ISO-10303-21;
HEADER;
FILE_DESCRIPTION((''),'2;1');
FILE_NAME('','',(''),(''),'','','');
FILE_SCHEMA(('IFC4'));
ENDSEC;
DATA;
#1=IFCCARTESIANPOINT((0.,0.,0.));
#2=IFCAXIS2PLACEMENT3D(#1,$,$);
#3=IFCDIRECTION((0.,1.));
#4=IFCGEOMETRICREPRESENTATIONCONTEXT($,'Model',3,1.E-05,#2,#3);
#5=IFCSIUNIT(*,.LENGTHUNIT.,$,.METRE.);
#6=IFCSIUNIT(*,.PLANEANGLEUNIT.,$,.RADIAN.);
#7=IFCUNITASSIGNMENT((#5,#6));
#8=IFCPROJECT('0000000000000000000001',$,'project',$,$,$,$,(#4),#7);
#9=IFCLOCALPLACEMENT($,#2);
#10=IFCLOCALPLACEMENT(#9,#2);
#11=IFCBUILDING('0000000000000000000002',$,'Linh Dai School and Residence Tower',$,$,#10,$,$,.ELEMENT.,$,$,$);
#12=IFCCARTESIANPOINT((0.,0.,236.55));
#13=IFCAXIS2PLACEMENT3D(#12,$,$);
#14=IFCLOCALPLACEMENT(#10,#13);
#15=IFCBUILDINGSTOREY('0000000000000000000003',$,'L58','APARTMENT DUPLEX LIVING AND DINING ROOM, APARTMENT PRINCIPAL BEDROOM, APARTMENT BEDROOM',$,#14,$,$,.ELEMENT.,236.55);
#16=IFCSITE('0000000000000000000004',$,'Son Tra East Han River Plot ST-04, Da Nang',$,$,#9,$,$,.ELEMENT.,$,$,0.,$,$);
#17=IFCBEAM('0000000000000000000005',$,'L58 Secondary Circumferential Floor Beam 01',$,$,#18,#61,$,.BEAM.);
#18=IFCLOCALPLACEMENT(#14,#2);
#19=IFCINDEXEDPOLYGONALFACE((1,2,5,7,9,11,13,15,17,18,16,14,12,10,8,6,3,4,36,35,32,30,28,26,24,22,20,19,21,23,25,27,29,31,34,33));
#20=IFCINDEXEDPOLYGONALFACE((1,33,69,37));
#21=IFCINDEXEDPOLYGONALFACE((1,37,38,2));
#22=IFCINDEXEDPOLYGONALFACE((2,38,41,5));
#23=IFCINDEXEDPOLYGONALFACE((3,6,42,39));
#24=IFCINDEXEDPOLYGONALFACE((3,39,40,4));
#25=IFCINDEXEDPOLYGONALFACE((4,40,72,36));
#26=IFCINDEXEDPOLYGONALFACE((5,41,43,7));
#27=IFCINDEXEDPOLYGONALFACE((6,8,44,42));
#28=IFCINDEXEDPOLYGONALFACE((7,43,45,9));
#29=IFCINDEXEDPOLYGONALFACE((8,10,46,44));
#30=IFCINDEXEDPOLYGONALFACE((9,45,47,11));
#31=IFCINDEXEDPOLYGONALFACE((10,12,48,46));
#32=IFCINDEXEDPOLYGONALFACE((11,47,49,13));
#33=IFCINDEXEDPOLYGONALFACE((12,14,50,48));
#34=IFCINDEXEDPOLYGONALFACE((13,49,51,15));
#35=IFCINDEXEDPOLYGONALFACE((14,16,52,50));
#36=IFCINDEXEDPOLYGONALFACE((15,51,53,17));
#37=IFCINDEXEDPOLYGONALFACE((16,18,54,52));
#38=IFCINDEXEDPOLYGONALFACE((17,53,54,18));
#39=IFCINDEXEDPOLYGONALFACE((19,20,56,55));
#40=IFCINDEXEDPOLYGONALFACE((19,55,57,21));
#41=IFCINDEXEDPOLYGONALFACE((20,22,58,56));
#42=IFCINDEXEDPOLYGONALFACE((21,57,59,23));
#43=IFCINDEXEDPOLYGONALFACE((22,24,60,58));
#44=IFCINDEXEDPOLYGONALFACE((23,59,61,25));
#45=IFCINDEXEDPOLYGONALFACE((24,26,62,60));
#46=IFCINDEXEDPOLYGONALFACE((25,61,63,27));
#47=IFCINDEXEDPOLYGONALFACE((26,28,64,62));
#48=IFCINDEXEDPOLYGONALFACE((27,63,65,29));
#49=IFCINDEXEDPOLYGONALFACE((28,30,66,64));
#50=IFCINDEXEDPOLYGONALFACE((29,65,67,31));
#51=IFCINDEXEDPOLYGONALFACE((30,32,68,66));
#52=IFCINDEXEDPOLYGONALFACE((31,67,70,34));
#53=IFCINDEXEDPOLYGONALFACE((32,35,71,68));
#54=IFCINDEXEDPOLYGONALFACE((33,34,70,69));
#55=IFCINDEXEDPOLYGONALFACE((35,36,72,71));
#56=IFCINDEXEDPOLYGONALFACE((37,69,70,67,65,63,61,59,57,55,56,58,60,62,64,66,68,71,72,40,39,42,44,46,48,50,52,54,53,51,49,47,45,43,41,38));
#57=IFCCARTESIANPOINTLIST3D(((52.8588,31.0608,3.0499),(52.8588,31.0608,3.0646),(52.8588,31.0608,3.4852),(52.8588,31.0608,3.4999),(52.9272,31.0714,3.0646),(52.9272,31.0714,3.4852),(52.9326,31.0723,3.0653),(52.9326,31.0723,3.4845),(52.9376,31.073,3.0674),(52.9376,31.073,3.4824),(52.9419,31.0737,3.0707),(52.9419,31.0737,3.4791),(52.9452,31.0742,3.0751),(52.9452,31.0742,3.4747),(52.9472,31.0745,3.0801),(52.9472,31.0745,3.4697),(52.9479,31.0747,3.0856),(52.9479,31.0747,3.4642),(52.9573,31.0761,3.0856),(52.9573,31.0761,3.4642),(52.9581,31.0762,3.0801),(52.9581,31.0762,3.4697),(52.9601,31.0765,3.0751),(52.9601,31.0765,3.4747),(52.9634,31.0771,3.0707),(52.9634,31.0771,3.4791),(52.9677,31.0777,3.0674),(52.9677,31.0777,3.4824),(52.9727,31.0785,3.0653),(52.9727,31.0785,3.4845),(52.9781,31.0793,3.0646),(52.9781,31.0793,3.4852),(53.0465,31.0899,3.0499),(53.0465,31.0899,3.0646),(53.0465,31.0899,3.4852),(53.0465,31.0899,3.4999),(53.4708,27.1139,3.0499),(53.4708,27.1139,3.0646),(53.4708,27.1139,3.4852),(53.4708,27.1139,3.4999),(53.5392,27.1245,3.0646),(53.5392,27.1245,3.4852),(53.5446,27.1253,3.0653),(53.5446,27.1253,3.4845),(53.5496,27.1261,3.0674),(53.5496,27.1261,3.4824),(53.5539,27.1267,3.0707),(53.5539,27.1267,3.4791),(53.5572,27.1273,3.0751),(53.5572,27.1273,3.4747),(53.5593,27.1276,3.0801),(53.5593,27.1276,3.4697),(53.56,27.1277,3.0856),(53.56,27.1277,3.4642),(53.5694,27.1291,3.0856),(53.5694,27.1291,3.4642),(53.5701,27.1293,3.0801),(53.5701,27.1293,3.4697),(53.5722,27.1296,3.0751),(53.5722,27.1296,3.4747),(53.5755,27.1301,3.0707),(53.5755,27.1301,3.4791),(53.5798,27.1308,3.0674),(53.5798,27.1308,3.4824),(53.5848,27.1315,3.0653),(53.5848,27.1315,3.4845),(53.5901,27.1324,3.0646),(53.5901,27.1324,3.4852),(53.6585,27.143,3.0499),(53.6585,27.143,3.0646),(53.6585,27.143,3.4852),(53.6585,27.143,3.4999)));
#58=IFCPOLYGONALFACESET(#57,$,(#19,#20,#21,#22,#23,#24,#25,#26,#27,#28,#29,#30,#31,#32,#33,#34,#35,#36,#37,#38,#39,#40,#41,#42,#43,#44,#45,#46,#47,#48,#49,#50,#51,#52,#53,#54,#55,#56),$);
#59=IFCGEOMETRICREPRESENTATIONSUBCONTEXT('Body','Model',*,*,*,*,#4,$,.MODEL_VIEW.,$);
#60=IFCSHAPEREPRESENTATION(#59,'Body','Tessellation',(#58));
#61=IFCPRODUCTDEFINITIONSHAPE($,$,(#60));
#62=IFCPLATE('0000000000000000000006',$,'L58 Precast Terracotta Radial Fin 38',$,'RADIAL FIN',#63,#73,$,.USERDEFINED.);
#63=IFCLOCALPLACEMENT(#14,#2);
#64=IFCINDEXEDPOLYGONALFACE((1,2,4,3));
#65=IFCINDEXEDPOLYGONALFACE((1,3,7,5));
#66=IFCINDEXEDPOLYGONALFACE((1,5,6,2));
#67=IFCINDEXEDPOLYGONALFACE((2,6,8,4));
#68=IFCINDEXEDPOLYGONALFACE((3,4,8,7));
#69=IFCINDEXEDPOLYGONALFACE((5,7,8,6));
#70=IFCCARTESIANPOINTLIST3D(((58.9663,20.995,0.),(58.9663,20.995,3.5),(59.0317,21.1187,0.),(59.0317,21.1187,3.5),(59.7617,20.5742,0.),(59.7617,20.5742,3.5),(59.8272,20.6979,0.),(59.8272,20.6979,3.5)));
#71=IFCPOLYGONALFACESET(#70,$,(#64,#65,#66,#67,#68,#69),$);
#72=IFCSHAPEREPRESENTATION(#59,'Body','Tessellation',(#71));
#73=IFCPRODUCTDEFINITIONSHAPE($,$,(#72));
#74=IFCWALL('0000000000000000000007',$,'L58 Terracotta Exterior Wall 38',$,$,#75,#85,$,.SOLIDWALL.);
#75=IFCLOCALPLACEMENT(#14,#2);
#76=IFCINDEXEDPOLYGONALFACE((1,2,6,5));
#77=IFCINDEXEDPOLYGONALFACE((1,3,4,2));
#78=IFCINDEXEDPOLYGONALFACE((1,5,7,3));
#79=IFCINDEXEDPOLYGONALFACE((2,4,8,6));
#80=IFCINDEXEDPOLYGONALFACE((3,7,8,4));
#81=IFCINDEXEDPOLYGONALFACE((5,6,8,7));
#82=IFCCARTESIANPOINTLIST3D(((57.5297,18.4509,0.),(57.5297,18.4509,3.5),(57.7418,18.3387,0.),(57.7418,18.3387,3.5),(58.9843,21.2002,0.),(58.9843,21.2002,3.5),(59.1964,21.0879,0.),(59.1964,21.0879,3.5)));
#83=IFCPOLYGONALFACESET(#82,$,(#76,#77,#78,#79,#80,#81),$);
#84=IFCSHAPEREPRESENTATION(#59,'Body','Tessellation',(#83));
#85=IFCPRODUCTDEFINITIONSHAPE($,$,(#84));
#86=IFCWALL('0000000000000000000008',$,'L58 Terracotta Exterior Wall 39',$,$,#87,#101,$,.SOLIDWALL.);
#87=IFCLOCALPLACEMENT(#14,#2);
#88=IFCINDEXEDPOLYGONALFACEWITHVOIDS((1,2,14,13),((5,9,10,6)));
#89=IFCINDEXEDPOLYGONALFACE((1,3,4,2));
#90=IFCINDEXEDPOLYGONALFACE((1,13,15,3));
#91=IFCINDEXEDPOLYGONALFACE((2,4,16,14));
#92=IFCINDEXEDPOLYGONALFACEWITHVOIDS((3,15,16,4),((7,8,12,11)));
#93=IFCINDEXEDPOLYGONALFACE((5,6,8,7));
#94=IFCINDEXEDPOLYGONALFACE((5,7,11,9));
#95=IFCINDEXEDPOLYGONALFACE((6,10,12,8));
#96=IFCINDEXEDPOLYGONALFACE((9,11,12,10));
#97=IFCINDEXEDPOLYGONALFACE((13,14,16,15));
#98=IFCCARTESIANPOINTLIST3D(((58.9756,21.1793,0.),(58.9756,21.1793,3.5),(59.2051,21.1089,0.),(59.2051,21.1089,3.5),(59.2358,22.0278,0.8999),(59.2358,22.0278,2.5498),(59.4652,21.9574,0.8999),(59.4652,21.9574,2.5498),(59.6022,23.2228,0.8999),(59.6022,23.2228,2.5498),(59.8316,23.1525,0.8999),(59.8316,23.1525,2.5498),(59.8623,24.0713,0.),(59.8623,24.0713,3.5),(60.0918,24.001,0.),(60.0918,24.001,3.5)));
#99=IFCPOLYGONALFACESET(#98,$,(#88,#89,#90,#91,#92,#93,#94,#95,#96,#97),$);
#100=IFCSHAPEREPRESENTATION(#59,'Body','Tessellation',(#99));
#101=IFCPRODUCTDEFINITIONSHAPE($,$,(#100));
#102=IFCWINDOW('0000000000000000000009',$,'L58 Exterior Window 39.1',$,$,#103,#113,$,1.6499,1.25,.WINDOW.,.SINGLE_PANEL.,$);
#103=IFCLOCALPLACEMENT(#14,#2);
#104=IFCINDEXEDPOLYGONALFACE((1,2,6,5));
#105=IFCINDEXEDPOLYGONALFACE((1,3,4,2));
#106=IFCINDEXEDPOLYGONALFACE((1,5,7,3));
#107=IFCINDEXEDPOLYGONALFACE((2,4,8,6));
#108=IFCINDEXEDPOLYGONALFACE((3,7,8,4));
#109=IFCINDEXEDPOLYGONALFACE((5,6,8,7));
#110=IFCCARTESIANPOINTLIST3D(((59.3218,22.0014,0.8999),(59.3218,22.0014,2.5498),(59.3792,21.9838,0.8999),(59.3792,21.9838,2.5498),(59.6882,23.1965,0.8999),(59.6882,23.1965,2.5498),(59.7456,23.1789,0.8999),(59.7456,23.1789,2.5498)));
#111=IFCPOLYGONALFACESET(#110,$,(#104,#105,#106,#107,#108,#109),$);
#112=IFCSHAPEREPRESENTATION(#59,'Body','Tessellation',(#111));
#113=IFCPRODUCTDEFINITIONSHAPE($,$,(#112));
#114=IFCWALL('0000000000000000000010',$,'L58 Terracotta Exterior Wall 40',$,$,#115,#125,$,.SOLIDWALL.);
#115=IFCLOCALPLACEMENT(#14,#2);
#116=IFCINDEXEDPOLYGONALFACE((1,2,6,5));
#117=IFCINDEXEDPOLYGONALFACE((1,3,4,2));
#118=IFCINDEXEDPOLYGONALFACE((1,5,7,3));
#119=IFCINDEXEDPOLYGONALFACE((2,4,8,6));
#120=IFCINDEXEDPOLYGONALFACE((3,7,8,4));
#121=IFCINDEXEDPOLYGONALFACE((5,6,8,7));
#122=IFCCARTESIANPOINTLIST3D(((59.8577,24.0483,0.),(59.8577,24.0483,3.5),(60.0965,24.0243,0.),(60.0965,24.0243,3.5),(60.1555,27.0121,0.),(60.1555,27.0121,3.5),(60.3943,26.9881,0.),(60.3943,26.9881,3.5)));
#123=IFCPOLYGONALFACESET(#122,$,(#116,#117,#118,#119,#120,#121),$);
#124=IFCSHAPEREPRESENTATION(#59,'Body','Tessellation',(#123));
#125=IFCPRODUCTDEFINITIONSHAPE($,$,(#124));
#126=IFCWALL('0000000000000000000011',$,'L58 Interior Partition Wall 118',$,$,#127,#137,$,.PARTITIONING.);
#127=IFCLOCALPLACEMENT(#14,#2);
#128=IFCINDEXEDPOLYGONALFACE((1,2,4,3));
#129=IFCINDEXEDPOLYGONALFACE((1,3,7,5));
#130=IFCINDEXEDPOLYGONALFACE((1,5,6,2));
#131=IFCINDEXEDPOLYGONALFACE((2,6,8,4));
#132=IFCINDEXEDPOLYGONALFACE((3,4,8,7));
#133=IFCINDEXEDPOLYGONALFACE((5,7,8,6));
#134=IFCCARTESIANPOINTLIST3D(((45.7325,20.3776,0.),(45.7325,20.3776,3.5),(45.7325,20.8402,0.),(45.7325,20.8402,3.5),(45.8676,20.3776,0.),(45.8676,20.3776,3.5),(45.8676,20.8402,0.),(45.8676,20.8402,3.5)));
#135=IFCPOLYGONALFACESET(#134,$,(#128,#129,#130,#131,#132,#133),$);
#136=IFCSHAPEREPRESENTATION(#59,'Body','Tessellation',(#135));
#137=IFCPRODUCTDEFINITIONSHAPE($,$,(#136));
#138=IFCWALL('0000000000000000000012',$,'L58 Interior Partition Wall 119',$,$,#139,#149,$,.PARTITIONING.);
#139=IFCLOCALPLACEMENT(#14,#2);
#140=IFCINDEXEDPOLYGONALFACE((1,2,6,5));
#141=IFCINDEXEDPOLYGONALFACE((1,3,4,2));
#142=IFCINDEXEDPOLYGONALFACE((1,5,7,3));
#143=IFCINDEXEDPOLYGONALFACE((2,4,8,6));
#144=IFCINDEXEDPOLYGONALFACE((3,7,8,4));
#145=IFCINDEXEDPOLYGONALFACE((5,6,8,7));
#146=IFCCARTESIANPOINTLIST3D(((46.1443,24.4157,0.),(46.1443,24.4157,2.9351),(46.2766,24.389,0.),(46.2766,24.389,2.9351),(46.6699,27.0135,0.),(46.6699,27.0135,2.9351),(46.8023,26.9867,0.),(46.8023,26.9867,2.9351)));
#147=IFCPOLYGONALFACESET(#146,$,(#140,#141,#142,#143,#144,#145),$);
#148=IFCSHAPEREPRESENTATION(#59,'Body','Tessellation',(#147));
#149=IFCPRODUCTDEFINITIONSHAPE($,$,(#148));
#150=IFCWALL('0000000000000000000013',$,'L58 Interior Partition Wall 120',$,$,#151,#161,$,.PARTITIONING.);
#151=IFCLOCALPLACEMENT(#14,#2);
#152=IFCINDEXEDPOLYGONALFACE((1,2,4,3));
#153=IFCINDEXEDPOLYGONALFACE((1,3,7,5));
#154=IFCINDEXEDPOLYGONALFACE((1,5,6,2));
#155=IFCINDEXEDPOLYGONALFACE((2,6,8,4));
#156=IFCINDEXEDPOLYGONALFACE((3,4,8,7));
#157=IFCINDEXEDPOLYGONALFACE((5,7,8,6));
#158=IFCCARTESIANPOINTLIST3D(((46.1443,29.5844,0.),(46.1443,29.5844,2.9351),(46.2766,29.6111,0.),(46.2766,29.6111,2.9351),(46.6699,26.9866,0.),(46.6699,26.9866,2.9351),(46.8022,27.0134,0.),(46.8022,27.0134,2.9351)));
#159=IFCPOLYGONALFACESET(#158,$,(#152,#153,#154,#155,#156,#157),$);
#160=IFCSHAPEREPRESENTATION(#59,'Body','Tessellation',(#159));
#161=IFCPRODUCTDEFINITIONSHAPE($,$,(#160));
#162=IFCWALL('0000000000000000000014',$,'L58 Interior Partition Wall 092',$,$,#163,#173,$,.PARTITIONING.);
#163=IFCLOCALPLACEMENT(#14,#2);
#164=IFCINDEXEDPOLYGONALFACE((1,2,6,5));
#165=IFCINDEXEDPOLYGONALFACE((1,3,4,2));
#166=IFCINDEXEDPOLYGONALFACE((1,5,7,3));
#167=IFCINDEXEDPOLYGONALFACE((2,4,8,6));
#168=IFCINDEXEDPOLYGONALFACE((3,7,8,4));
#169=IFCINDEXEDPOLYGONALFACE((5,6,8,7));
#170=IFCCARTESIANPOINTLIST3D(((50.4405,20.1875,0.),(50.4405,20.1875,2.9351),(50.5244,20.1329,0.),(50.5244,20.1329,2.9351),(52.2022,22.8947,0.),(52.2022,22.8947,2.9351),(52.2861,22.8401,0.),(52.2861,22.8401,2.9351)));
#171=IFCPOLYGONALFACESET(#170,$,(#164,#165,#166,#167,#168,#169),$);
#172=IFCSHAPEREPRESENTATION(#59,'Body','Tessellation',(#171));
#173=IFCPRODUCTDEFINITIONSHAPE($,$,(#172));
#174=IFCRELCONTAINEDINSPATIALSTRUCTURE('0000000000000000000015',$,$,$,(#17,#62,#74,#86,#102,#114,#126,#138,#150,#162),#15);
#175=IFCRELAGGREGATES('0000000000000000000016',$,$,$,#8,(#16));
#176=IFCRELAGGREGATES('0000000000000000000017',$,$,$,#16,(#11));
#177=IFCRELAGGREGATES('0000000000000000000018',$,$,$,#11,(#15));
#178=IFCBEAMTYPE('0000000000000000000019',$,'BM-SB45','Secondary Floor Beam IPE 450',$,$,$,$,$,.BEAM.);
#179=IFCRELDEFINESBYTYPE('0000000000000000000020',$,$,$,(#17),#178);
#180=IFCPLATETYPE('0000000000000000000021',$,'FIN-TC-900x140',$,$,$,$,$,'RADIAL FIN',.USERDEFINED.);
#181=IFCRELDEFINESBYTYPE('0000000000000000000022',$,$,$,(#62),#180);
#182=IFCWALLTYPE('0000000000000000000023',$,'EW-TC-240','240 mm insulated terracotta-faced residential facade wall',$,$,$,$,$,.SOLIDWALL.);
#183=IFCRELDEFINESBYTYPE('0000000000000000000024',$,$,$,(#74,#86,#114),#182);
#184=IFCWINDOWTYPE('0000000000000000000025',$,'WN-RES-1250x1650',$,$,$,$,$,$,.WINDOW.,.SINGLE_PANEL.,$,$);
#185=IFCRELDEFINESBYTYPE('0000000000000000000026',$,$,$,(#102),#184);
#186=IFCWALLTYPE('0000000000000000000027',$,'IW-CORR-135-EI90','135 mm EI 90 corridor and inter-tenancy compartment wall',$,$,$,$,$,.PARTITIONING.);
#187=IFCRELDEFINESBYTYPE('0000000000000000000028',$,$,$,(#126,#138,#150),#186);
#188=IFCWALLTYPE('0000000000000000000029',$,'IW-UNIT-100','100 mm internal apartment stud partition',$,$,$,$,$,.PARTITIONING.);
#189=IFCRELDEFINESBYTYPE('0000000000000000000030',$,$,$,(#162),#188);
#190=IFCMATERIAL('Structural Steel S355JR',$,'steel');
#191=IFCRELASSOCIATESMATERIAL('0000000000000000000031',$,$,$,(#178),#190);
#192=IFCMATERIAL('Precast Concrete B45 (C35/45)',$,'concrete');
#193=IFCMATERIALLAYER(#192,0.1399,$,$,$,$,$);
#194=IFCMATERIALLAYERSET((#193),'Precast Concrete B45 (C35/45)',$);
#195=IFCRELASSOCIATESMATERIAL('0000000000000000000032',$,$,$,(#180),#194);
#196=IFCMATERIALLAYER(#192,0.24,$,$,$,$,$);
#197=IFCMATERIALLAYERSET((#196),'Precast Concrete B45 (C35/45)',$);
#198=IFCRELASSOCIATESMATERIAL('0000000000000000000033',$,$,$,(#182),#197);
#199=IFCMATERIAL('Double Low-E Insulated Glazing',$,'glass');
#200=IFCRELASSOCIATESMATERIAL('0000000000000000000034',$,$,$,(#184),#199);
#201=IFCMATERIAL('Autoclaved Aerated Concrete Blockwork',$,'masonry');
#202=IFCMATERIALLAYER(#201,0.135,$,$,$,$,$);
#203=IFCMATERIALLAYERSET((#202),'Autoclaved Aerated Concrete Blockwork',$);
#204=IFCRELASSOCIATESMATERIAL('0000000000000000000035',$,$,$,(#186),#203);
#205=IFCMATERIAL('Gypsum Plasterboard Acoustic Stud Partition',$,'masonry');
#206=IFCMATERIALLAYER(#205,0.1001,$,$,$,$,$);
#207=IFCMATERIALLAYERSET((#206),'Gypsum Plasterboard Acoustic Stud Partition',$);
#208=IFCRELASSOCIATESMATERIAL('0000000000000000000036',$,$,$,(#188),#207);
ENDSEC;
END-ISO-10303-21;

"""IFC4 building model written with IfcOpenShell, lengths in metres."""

from ifc_helpers import new_model, si_unit, direction, frame, frame_2d, origin, origin_2d, place, context, subcontext, project, spatial, rectangle, i_section, extrude, source, transform, mapped, material, layer, layer_set, material_profile, profile_set, type_object, element, fill, save


model = new_model("IFC4")

# Units and contexts
model_context = context("Model", 3, precision=1e-05, world=origin(), true_north=direction((0.0, 1.0)))
body_context = subcontext(model_context, "Body", "Model", "MODEL_VIEW")
ifc_project = project(units=[si_unit("LENGTHUNIT", "METRE"), si_unit("PLANEANGLEUNIT", "RADIAN")], contexts=[model_context])

# Site, building, storey
site_placement = place(None, origin())
site = spatial("IfcSite", under=ifc_project, at=site_placement, Name="Son Tra East Han River Plot ST-04, Da Nang", CompositionType="ELEMENT", RefElevation=0.0)
building_placement = place(site_placement, origin())
building = spatial("IfcBuilding", under=site, at=building_placement, Name="Linh Dai School and Residence Tower", CompositionType="ELEMENT")
storey_placement = place(building_placement, frame((0.0, 0.0, 236.55)))
storey = spatial("IfcBuildingStorey", under=building, at=storey_placement, Name="L58", Description="APARTMENT DUPLEX LIVING AND DINING ROOM, APARTMENT PRINCIPAL BEDROOM, APARTMENT BEDROOM", CompositionType="ELEMENT", Elevation=236.55)

# Shared definitions
ifc_material_1 = material(Name="Structural Steel S355JR", Category="steel")

# Beam
ifc_material_profile_1 = material_profile(ifc_material_1, i_section(OverallWidth=0.1899, OverallDepth=0.45, WebThickness=0.0095, FlangeThickness=0.0146, FilletRadius=0.021, at=origin_2d()), Name="IPE 450")
ifc_profile_set_1 = profile_set([ifc_material_profile_1], Name="Structural Steel S355JR")
beam_type_1 = type_object("IfcBeamType", Name="BM-SB45", Description="Secondary Floor Beam IPE 450", PredefinedType="BEAM", material=ifc_profile_set_1)
beam_1_placement = place(storey_placement, frame((53.5647, 27.1284, 3.2749), z_axis=(-0.153238, 0.988189, 0.0), x_axis=(-0.988189, -0.153238, 0.0)))
element("IfcBeam", 1, at=beam_1_placement, inside=storey, type_object=beam_type_1, Name="L58 Secondary Circumferential Floor Beam 01", PredefinedType="BEAM", context=body_context, shape_type="SweptSolid", body=[
    extrude(i_section(OverallWidth=0.1899, OverallDepth=0.45, WebThickness=0.0095, FlangeThickness=0.0146, FilletRadius=0.021, at=origin_2d()), origin(), (0.0, 0.0, 1.0), 3.9941),
])

# Plate
ifc_material_2 = material(Name="Precast Concrete B45 (C35/45)", Category="concrete")
ifc_layer_1 = layer(ifc_material_2, 0.1399)
ifc_layer_set_1 = layer_set([ifc_layer_1], Name="Precast Concrete B45 (C35/45)")
plate_type = type_object("IfcPlateType", Name="FIN-TC-900x140", ElementType="RADIAL FIN", PredefinedType="USERDEFINED", material=ifc_layer_set_1)
shared_shape_1 = source(origin(), body_context, "Body", "SweptSolid", [
    extrude(rectangle(XDim=0.8999, YDim=0.1399, at=origin_2d()), origin(), (0.0, 0.0, 1.0), 3.5),
])
plate_placement = place(storey_placement, frame((59.3967, 20.8464, 0.0), z_axis=(0.0, 0.0, 1.0), x_axis=(0.883929, -0.467621, 0.0)))
element("IfcPlate", 2, at=plate_placement, inside=storey, type_object=plate_type, Name="L58 Precast Terracotta Radial Fin 38", ObjectType="RADIAL FIN", PredefinedType="USERDEFINED", context=body_context, shape_type="MappedRepresentation", body=[
    mapped(shared_shape_1, transform((0.0, 0.0, 0.0), x_axis=(1.0, 0.0, 0.0), y_axis=(0.0, 1.0, 0.0), z_axis=(0.0, 0.0, 1.0), scale=1.0)),
])

# Wall
ifc_layer_2 = layer(ifc_material_2, 0.24)
ifc_layer_set_2 = layer_set([ifc_layer_2], Name="Precast Concrete B45 (C35/45)")
wall_type_1 = type_object("IfcWallType", Name="EW-TC-240", Description="240 mm insulated terracotta-faced residential facade wall", PredefinedType="SOLIDWALL", material=ifc_layer_set_2)
wall_1_placement = place(storey_placement, frame((59.0903, 21.144, 0.0), z_axis=(0.0, 0.0, 1.0), x_axis=(-0.46766, -0.883908, 0.0)))
element("IfcWall", 3, at=wall_1_placement, inside=storey, type_object=wall_type_1, Name="L58 Terracotta Exterior Wall 38", PredefinedType="SOLIDWALL", context=body_context, shape_type="SweptSolid", body=[
    extrude(rectangle(XDim=3.1104, YDim=0.24, at=frame_2d((1.5552, 0.0))), origin(), (0.0, 0.0, 1.0), 3.5),
])

# Wall, opening, window
wall_2_placement = place(storey_placement, frame((59.9771, 24.0361, 0.0), z_axis=(0.0, 0.0, 1.0), x_axis=(-0.293133, -0.956072, 0.0)))
wall_2 = element("IfcWall", 4, at=wall_2_placement, inside=storey, type_object=wall_type_1, Name="L58 Terracotta Exterior Wall 39", PredefinedType="SOLIDWALL", context=body_context, shape_type="SweptSolid", body=[
    extrude(rectangle(XDim=3.0249, YDim=0.24, at=frame_2d((1.5125, 0.0))), origin(), (0.0, 0.0, 1.0), 3.5),
])
opening_1_placement = place(wall_2_placement, frame((0.8875, 0.0, 0.8999)))
opening_1 = element("IfcOpeningElement", 5, at=opening_1_placement, cuts=wall_2, PredefinedType="OPENING", context=body_context, shape_type="SweptSolid", body=[
    extrude(rectangle(XDim=1.25, YDim=1.6499, at=origin_2d()), frame((0.625, 0.1299, 0.825), z_axis=(0.0, -1.0, 0.0), x_axis=(1.0, 0.0, 0.0)), (0.0, 0.0, 1.0), 0.26),
])
ifc_material_3 = material(Name="Double Low-E Insulated Glazing", Category="glass")
window_type = type_object("IfcWindowType", Name="WN-RES-1250x1650", PartitioningType="SINGLE_PANEL", PredefinedType="WINDOW", material=ifc_material_3)
shared_shape_2 = source(origin(), body_context, "Body", "SweptSolid", [
    extrude(rectangle(XDim=1.25, YDim=1.6499, at=origin_2d()), frame((0.625, 0.03, 0.825), z_axis=(0.0, -1.0, 0.0), x_axis=(1.0, 0.0, 0.0)), (0.0, 0.0, 1.0), 0.0601),
])
window_placement = place(opening_1_placement, origin())
window = element("IfcWindow", 6, at=window_placement, inside=storey, type_object=window_type, Name="L58 Exterior Window 39.1", OverallHeight=1.6499, OverallWidth=1.25, PartitioningType="SINGLE_PANEL", PredefinedType="WINDOW", context=body_context, shape_type="MappedRepresentation", body=[
    mapped(shared_shape_2, transform((0.0, 0.0, 0.0), x_axis=(1.0, 0.0, 0.0), y_axis=(0.0, 1.0, 0.0), z_axis=(0.0, 0.0, 1.0), scale=1.0)),
])
fill(opening_1, window)

# Walls
wall_3_placement = place(storey_placement, frame((60.2749, 27.0, 0.0), z_axis=(0.0, 0.0, 1.0), x_axis=(-0.099991, -0.994988, 0.0)))
element("IfcWall", 7, at=wall_3_placement, inside=storey, type_object=wall_type_1, Name="L58 Terracotta Exterior Wall 40", PredefinedType="SOLIDWALL", context=body_context, shape_type="SweptSolid", body=[
    extrude(rectangle(XDim=2.9788, YDim=0.24, at=frame_2d((1.4893, 0.0))), origin(), (0.0, 0.0, 1.0), 3.5),
])
ifc_material_4 = material(Name="Autoclaved Aerated Concrete Blockwork", Category="masonry")
ifc_layer_3 = layer(ifc_material_4, 0.135)
ifc_layer_set_3 = layer_set([ifc_layer_3], Name="Autoclaved Aerated Concrete Blockwork")
wall_type_2 = type_object("IfcWallType", Name="IW-CORR-135-EI90", Description="135 mm EI 90 corridor and inter-tenancy compartment wall", PredefinedType="PARTITIONING", material=ifc_layer_set_3)
wall_4_placement = place(storey_placement, frame((45.8, 20.3774, 0.0), z_axis=(0.0, 0.0, 1.0), x_axis=(0.0, 1.0, 0.0)))
element("IfcWall", 8, at=wall_4_placement, inside=storey, type_object=wall_type_2, Name="L58 Interior Partition Wall 118", PredefinedType="PARTITIONING", context=body_context, shape_type="SweptSolid", body=[
    extrude(rectangle(XDim=0.4626, YDim=0.135, at=frame_2d((0.2314, 0.0))), origin(), (0.0, 0.0, 1.0), 3.5),
])
for number, where, z_axis, x_axis, name in (
    (9, (46.2104, 24.4023, 0.0), (0.0, 0.0, 1.0), (0.19833, 0.980135, 0.0), "L58 Interior Partition Wall 119"),
    (10, (46.7361, 27.0, 0.0), (0.0, 0.0, 1.0), (-0.19833, 0.980135, 0.0), "L58 Interior Partition Wall 120"),
):
    element("IfcWall", number, at=place(storey_placement, frame(where, z_axis=z_axis, x_axis=x_axis)), inside=storey, type_object=wall_type_2, Name=name, PredefinedType="PARTITIONING", context=body_context, shape_type="SweptSolid", body=[
        extrude(rectangle(XDim=2.6504, YDim=0.135, at=frame_2d((1.3252, 0.0))), origin(), (0.0, 0.0, 1.0), 2.9351),
    ])
ifc_material_5 = material(Name="Gypsum Plasterboard Acoustic Stud Partition", Category="masonry")
ifc_layer_4 = layer(ifc_material_5, 0.1001)
ifc_layer_set_4 = layer_set([ifc_layer_4], Name="Gypsum Plasterboard Acoustic Stud Partition")
wall_type_3 = type_object("IfcWallType", Name="IW-UNIT-100", Description="100 mm internal apartment stud partition", PredefinedType="PARTITIONING", material=ifc_layer_set_4)
wall_5_placement = place(storey_placement, frame((50.4824, 20.1602, 0.0), z_axis=(0.0, 0.0, 1.0), x_axis=(0.545421, 0.838162, 0.0)))
element("IfcWall", 11, at=wall_5_placement, inside=storey, type_object=wall_type_3, Name="L58 Interior Partition Wall 092", PredefinedType="PARTITIONING", context=body_context, shape_type="SweptSolid", body=[
    extrude(rectangle(XDim=3.23, YDim=0.1001, at=frame_2d((1.615, 0.0))), origin(), (0.0, 0.0, 1.0), 2.9351),
])

save(model, "model.ifc")
